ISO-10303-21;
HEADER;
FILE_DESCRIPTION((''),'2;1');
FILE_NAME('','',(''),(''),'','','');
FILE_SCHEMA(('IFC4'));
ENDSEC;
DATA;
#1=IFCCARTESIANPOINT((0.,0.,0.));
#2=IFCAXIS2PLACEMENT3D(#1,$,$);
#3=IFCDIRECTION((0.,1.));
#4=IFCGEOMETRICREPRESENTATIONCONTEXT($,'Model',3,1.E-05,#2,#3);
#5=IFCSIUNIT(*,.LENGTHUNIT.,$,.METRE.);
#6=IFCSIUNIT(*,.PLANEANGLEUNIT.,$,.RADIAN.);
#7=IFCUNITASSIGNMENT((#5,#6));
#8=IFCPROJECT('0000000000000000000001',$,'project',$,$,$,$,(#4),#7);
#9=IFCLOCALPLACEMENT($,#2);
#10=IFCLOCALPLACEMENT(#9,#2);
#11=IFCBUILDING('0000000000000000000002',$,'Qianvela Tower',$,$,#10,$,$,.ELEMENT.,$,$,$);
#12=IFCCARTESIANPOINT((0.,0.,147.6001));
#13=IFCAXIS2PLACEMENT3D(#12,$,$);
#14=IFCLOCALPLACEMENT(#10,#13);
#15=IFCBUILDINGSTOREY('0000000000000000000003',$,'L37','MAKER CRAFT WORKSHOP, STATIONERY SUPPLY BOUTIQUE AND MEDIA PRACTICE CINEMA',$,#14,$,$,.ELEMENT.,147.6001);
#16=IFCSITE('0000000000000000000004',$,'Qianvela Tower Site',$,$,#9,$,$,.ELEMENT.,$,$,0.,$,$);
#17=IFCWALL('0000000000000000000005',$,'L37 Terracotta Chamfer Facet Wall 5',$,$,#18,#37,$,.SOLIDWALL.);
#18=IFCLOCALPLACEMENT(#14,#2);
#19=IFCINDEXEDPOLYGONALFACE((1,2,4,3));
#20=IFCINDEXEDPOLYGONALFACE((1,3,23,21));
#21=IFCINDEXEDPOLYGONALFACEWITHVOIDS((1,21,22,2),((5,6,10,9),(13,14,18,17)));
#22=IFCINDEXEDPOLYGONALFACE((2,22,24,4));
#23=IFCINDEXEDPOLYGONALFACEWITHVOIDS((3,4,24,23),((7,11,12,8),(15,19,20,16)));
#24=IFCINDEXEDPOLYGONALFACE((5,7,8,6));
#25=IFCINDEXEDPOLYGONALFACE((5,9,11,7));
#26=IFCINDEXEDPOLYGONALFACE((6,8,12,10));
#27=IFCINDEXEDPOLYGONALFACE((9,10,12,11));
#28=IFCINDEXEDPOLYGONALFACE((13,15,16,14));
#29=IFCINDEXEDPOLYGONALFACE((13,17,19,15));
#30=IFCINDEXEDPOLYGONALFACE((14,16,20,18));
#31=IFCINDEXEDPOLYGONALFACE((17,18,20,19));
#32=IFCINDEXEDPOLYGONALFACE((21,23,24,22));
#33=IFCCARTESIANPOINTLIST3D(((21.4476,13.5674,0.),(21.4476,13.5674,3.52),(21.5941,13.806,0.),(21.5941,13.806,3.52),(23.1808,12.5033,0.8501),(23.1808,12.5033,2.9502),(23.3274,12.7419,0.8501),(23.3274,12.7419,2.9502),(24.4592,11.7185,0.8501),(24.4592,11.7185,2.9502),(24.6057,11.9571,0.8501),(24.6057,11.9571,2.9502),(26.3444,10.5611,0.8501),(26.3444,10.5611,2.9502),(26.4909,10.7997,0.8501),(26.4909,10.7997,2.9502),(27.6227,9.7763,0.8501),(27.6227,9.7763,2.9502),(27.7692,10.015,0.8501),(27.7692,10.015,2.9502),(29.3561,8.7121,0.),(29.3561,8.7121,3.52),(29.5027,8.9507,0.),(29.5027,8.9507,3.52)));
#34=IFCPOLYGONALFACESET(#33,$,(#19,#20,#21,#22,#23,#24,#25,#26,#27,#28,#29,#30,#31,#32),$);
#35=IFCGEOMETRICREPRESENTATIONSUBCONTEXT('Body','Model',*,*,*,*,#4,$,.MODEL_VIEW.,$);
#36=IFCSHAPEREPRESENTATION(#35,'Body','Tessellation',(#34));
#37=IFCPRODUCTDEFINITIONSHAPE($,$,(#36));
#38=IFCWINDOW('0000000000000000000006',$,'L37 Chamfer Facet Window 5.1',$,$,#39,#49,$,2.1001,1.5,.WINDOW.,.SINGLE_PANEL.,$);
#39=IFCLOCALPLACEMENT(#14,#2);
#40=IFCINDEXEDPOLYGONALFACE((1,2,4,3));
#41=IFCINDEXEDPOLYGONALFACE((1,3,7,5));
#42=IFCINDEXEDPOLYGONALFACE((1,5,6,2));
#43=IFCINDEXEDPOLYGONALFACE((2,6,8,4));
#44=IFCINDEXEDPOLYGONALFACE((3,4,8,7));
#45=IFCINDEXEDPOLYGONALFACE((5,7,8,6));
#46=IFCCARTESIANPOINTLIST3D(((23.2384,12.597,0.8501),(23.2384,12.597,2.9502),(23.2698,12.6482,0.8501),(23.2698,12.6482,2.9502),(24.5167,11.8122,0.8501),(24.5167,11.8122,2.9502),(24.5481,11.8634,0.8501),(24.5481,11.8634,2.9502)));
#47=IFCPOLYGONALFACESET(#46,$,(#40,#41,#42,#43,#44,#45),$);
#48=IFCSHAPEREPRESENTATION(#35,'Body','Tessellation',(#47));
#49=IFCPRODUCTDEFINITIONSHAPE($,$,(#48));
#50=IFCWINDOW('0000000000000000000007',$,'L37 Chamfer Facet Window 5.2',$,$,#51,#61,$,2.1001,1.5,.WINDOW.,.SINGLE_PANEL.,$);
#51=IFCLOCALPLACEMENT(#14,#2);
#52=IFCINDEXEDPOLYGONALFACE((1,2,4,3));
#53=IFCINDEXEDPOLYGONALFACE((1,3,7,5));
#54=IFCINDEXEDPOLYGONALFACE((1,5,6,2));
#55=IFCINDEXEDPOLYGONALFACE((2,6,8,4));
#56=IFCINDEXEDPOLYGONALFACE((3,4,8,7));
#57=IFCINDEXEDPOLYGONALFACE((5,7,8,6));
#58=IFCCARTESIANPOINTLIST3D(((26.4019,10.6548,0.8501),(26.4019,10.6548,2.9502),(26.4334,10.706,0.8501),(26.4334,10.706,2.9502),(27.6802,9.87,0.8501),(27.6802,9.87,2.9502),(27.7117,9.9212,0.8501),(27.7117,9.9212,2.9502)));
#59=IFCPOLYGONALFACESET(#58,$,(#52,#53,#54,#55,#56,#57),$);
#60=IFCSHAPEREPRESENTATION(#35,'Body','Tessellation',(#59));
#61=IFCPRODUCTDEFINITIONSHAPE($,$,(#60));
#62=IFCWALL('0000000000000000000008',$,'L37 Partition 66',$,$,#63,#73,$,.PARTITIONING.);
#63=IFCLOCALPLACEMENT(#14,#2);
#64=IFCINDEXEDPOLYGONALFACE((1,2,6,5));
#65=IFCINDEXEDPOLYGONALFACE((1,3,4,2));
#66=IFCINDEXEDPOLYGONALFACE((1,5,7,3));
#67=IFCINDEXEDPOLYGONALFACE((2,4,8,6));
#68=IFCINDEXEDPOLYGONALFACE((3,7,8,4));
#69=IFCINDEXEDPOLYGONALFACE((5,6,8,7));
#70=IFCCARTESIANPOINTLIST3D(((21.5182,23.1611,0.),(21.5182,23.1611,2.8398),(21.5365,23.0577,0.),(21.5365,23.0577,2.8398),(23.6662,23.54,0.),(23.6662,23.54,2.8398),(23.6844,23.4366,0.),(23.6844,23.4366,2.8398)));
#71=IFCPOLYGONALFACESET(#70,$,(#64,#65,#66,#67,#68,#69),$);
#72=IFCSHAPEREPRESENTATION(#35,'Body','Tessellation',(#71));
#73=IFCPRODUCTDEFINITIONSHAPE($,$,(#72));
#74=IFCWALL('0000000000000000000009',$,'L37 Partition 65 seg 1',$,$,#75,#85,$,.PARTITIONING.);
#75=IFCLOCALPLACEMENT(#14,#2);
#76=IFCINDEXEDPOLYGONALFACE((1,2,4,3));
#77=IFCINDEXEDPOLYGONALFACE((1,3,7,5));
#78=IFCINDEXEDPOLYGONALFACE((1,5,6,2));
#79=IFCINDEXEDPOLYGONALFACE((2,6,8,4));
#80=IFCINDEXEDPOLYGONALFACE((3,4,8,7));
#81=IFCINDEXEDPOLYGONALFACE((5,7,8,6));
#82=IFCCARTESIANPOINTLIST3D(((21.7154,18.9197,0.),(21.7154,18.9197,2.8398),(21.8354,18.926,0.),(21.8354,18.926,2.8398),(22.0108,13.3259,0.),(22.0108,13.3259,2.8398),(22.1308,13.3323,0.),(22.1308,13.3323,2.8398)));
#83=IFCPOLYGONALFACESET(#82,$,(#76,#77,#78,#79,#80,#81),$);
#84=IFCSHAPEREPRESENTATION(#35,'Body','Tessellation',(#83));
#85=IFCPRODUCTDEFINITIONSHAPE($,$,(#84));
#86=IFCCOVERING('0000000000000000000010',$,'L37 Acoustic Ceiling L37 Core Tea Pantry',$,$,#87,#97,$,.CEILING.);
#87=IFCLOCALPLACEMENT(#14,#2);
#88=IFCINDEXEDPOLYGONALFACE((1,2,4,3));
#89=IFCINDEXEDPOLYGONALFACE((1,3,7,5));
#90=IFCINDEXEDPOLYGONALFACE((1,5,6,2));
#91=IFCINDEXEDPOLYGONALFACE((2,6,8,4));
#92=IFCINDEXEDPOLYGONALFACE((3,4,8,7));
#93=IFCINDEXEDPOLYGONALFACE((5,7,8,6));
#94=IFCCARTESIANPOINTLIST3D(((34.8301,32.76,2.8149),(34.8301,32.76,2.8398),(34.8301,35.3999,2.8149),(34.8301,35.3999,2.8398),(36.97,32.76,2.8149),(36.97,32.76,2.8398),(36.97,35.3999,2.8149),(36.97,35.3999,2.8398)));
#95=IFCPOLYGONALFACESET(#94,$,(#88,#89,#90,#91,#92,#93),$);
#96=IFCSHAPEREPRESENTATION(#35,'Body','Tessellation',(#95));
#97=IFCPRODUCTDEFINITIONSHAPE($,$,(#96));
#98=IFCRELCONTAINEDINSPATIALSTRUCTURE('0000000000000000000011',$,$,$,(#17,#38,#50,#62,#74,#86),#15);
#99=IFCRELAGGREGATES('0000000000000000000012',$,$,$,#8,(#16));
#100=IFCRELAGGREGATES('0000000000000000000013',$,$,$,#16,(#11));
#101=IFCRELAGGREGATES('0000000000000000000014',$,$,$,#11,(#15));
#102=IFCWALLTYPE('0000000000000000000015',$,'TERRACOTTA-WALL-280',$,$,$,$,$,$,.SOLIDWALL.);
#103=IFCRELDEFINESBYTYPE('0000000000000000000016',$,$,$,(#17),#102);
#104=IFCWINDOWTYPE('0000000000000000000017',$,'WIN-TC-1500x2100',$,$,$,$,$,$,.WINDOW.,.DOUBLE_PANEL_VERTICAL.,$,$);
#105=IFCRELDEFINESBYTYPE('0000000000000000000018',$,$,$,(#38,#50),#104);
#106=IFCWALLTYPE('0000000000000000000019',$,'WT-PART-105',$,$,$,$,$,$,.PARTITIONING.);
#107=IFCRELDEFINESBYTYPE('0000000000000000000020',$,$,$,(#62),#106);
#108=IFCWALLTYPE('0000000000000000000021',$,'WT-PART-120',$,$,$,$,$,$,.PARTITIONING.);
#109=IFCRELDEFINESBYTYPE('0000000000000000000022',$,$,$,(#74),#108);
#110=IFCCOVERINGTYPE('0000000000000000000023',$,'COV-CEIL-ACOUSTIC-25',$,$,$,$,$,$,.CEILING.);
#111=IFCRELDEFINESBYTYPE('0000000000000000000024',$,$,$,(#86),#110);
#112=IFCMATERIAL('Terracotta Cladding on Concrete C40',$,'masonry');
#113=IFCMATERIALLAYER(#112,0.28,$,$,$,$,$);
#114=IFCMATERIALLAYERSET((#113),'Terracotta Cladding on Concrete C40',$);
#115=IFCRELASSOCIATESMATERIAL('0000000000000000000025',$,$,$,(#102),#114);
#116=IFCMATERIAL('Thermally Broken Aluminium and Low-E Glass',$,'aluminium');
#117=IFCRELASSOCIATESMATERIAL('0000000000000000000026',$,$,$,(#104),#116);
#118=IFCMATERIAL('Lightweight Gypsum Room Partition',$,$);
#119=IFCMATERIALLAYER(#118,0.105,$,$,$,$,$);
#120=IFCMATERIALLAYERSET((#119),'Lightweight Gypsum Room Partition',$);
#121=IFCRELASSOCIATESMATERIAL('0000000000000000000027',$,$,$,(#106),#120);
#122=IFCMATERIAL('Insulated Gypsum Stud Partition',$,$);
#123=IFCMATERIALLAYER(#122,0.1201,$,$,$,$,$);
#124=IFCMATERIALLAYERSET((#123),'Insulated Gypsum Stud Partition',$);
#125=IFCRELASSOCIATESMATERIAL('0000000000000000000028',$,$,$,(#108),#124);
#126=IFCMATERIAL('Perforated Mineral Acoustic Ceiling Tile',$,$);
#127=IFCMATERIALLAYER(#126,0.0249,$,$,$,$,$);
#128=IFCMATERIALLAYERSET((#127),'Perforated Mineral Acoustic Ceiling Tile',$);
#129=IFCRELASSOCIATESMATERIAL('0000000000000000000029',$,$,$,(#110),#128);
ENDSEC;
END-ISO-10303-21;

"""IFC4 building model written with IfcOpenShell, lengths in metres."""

from ifc_helpers import new_model, si_unit, direction, frame, frame_2d, origin, place, context, subcontext, project, spatial, polyline, rectangle, outline, extrude, material, layer, layer_set, type_object, element, fill, save


model = new_model("IFC4")

# Units and contexts
model_context = context("Model", 3, precision=1e-05, world=origin(), true_north=direction((0.0, 1.0)))
body_context = subcontext(model_context, "Body", "Model", "MODEL_VIEW")
ifc_project = project(units=[si_unit("LENGTHUNIT", "METRE"), si_unit("PLANEANGLEUNIT", "RADIAN")], contexts=[model_context])

# Site, building, storey
site_placement = place(None, origin())
site = spatial("IfcSite", under=ifc_project, at=site_placement, Name="Qianvela Tower Site", CompositionType="ELEMENT", RefElevation=0.0)
building_placement = place(site_placement, origin())
building = spatial("IfcBuilding", under=site, at=building_placement, Name="Qianvela Tower", CompositionType="ELEMENT")
storey_placement = place(building_placement, frame((0.0, 0.0, 147.6001)))
storey = spatial("IfcBuildingStorey", under=building, at=storey_placement, Name="L37", Description="MAKER CRAFT WORKSHOP, STATIONERY SUPPLY BOUTIQUE AND MEDIA PRACTICE CINEMA", CompositionType="ELEMENT", Elevation=147.6001)

# Wall, openings, windows
ifc_material_1 = material(Name="Terracotta Cladding on Concrete C40", Category="masonry")
ifc_layer_1 = layer(ifc_material_1, 0.28)
ifc_layer_set_1 = layer_set([ifc_layer_1], Name="Terracotta Cladding on Concrete C40")
wall_type_1 = type_object("IfcWallType", Name="TERRACOTTA-WALL-280", PredefinedType="SOLIDWALL", material=ifc_layer_set_1)
wall_1_placement = place(storey_placement, frame((21.5208, 13.6868, 0.0), z_axis=(0.0, 0.0, 1.0), x_axis=(0.852212, -0.523197, 0.0)))
wall_1 = element("IfcWall", 1, at=wall_1_placement, inside=storey, type_object=wall_type_1, Name="L37 Terracotta Chamfer Facet Wall 5", PredefinedType="SOLIDWALL", context=body_context, shape_type="SweptSolid", body=[
    extrude(rectangle(XDim=9.28, YDim=0.28, at=frame_2d((4.6401, 0.0))), origin(), (0.0, 0.0, 1.0), 3.52),
])
opening_1_placement = place(wall_1_placement, frame((2.0339, 0.0, 0.8501)))
opening_1 = element("IfcOpeningElement", 2, at=opening_1_placement, cuts=wall_1, PredefinedType="OPENING", context=body_context, shape_type="SweptSolid", body=[
    extrude(rectangle(XDim=1.5, YDim=2.1001, at=frame_2d((0.75, 1.05))), frame((0.0, 0.1499, 0.0), z_axis=(0.0, -1.0, 0.0), x_axis=(1.0, 0.0, 0.0)), (0.0, 0.0, 1.0), 0.3),
])
opening_2_placement = place(wall_1_placement, frame((5.7461, 0.0, 0.8501)))
opening_2 = element("IfcOpeningElement", 3, at=opening_2_placement, cuts=wall_1, PredefinedType="OPENING", context=body_context, shape_type="SweptSolid", body=[
    extrude(rectangle(XDim=1.5, YDim=2.1001, at=frame_2d((0.75, 1.05))), frame((0.0, 0.1499, 0.0), z_axis=(0.0, -1.0, 0.0), x_axis=(1.0, 0.0, 0.0)), (0.0, 0.0, 1.0), 0.3),
])
ifc_material_2 = material(Name="Thermally Broken Aluminium and Low-E Glass", Category="aluminium")
window_type = type_object("IfcWindowType", Name="WIN-TC-1500x2100", PartitioningType="DOUBLE_PANEL_VERTICAL", PredefinedType="WINDOW", material=ifc_material_2)
window_1_placement = place(opening_1_placement, origin())
window_1 = element("IfcWindow", 4, at=window_1_placement, inside=storey, type_object=window_type, Name="L37 Chamfer Facet Window 5.1", OverallHeight=2.1001, OverallWidth=1.5, PartitioningType="SINGLE_PANEL", PredefinedType="WINDOW", context=body_context, shape_type="SweptSolid", body=[
    extrude(rectangle(XDim=1.5, YDim=2.1001, at=frame_2d((0.75, 1.05))), frame((0.0, 0.03, 0.0), z_axis=(0.0, -1.0, 0.0), x_axis=(1.0, 0.0, 0.0)), (0.0, 0.0, 1.0), 0.0601),
])
fill(opening_1, window_1)
window_2_placement = place(opening_2_placement, origin())
window_2 = element("IfcWindow", 5, at=window_2_placement, inside=storey, type_object=window_type, Name="L37 Chamfer Facet Window 5.2", OverallHeight=2.1001, OverallWidth=1.5, PartitioningType="SINGLE_PANEL", PredefinedType="WINDOW", context=body_context, shape_type="SweptSolid", body=[
    extrude(rectangle(XDim=1.5, YDim=2.1001, at=frame_2d((0.75, 1.05))), frame((0.0, 0.03, 0.0), z_axis=(0.0, -1.0, 0.0), x_axis=(1.0, 0.0, 0.0)), (0.0, 0.0, 1.0), 0.0601),
])
fill(opening_2, window_2)

# Walls
ifc_material_3 = material(Name="Lightweight Gypsum Room Partition")
ifc_layer_2 = layer(ifc_material_3, 0.105)
ifc_layer_set_2 = layer_set([ifc_layer_2], Name="Lightweight Gypsum Room Partition")
wall_type_2 = type_object("IfcWallType", Name="WT-PART-105", PredefinedType="PARTITIONING", material=ifc_layer_set_2)
wall_2_placement = place(storey_placement, frame((21.5273, 23.1094, 0.0), z_axis=(0.0, 0.0, 1.0), x_axis=(0.984795, 0.173721, 0.0)))
element("IfcWall", 6, at=wall_2_placement, inside=storey, type_object=wall_type_2, Name="L37 Partition 66", PredefinedType="PARTITIONING", context=body_context, shape_type="SweptSolid", body=[
    extrude(rectangle(XDim=2.1812, YDim=0.105, at=frame_2d((1.0906, 0.0))), origin(), (0.0, 0.0, 1.0), 2.8398),
])
ifc_material_4 = material(Name="Insulated Gypsum Stud Partition")
ifc_layer_3 = layer(ifc_material_4, 0.1201)
ifc_layer_set_3 = layer_set([ifc_layer_3], Name="Insulated Gypsum Stud Partition")
wall_type_3 = type_object("IfcWallType", Name="WT-PART-120", PredefinedType="PARTITIONING", material=ifc_layer_set_3)
wall_3_placement = place(storey_placement, frame((22.0708, 13.3291, 0.0), z_axis=(0.0, 0.0, 1.0), x_axis=(-0.052737, 0.998608, 0.0)))
element("IfcWall", 7, at=wall_3_placement, inside=storey, type_object=wall_type_3, Name="L37 Partition 65 seg 1", PredefinedType="PARTITIONING", context=body_context, shape_type="SweptSolid", body=[
    extrude(rectangle(XDim=5.6016, YDim=0.1201, at=frame_2d((2.8008, 0.0))), origin(), (0.0, 0.0, 1.0), 2.8398),
])

# Covering
ifc_material_5 = material(Name="Perforated Mineral Acoustic Ceiling Tile")
ifc_layer_4 = layer(ifc_material_5, 0.0249)
ifc_layer_set_4 = layer_set([ifc_layer_4], Name="Perforated Mineral Acoustic Ceiling Tile")
covering_type_1 = type_object("IfcCoveringType", Name="COV-CEIL-ACOUSTIC-25", PredefinedType="CEILING", material=ifc_layer_set_4)
covering_1_placement = place(storey_placement, frame((0.0, 0.0, 2.8149)))
element("IfcCovering", 8, at=covering_1_placement, inside=storey, type_object=covering_type_1, Name="L37 Acoustic Ceiling L37 Core Tea Pantry", PredefinedType="CEILING", context=body_context, shape_type="SweptSolid", body=[
    extrude(outline(polyline([(36.97, 32.76), (34.8301, 32.76), (34.8301, 35.3999), (36.97, 35.3999), (36.97, 32.76)])), origin(), (0.0, 0.0, 1.0), 0.0249),
])

save(model, "model.ifc")
